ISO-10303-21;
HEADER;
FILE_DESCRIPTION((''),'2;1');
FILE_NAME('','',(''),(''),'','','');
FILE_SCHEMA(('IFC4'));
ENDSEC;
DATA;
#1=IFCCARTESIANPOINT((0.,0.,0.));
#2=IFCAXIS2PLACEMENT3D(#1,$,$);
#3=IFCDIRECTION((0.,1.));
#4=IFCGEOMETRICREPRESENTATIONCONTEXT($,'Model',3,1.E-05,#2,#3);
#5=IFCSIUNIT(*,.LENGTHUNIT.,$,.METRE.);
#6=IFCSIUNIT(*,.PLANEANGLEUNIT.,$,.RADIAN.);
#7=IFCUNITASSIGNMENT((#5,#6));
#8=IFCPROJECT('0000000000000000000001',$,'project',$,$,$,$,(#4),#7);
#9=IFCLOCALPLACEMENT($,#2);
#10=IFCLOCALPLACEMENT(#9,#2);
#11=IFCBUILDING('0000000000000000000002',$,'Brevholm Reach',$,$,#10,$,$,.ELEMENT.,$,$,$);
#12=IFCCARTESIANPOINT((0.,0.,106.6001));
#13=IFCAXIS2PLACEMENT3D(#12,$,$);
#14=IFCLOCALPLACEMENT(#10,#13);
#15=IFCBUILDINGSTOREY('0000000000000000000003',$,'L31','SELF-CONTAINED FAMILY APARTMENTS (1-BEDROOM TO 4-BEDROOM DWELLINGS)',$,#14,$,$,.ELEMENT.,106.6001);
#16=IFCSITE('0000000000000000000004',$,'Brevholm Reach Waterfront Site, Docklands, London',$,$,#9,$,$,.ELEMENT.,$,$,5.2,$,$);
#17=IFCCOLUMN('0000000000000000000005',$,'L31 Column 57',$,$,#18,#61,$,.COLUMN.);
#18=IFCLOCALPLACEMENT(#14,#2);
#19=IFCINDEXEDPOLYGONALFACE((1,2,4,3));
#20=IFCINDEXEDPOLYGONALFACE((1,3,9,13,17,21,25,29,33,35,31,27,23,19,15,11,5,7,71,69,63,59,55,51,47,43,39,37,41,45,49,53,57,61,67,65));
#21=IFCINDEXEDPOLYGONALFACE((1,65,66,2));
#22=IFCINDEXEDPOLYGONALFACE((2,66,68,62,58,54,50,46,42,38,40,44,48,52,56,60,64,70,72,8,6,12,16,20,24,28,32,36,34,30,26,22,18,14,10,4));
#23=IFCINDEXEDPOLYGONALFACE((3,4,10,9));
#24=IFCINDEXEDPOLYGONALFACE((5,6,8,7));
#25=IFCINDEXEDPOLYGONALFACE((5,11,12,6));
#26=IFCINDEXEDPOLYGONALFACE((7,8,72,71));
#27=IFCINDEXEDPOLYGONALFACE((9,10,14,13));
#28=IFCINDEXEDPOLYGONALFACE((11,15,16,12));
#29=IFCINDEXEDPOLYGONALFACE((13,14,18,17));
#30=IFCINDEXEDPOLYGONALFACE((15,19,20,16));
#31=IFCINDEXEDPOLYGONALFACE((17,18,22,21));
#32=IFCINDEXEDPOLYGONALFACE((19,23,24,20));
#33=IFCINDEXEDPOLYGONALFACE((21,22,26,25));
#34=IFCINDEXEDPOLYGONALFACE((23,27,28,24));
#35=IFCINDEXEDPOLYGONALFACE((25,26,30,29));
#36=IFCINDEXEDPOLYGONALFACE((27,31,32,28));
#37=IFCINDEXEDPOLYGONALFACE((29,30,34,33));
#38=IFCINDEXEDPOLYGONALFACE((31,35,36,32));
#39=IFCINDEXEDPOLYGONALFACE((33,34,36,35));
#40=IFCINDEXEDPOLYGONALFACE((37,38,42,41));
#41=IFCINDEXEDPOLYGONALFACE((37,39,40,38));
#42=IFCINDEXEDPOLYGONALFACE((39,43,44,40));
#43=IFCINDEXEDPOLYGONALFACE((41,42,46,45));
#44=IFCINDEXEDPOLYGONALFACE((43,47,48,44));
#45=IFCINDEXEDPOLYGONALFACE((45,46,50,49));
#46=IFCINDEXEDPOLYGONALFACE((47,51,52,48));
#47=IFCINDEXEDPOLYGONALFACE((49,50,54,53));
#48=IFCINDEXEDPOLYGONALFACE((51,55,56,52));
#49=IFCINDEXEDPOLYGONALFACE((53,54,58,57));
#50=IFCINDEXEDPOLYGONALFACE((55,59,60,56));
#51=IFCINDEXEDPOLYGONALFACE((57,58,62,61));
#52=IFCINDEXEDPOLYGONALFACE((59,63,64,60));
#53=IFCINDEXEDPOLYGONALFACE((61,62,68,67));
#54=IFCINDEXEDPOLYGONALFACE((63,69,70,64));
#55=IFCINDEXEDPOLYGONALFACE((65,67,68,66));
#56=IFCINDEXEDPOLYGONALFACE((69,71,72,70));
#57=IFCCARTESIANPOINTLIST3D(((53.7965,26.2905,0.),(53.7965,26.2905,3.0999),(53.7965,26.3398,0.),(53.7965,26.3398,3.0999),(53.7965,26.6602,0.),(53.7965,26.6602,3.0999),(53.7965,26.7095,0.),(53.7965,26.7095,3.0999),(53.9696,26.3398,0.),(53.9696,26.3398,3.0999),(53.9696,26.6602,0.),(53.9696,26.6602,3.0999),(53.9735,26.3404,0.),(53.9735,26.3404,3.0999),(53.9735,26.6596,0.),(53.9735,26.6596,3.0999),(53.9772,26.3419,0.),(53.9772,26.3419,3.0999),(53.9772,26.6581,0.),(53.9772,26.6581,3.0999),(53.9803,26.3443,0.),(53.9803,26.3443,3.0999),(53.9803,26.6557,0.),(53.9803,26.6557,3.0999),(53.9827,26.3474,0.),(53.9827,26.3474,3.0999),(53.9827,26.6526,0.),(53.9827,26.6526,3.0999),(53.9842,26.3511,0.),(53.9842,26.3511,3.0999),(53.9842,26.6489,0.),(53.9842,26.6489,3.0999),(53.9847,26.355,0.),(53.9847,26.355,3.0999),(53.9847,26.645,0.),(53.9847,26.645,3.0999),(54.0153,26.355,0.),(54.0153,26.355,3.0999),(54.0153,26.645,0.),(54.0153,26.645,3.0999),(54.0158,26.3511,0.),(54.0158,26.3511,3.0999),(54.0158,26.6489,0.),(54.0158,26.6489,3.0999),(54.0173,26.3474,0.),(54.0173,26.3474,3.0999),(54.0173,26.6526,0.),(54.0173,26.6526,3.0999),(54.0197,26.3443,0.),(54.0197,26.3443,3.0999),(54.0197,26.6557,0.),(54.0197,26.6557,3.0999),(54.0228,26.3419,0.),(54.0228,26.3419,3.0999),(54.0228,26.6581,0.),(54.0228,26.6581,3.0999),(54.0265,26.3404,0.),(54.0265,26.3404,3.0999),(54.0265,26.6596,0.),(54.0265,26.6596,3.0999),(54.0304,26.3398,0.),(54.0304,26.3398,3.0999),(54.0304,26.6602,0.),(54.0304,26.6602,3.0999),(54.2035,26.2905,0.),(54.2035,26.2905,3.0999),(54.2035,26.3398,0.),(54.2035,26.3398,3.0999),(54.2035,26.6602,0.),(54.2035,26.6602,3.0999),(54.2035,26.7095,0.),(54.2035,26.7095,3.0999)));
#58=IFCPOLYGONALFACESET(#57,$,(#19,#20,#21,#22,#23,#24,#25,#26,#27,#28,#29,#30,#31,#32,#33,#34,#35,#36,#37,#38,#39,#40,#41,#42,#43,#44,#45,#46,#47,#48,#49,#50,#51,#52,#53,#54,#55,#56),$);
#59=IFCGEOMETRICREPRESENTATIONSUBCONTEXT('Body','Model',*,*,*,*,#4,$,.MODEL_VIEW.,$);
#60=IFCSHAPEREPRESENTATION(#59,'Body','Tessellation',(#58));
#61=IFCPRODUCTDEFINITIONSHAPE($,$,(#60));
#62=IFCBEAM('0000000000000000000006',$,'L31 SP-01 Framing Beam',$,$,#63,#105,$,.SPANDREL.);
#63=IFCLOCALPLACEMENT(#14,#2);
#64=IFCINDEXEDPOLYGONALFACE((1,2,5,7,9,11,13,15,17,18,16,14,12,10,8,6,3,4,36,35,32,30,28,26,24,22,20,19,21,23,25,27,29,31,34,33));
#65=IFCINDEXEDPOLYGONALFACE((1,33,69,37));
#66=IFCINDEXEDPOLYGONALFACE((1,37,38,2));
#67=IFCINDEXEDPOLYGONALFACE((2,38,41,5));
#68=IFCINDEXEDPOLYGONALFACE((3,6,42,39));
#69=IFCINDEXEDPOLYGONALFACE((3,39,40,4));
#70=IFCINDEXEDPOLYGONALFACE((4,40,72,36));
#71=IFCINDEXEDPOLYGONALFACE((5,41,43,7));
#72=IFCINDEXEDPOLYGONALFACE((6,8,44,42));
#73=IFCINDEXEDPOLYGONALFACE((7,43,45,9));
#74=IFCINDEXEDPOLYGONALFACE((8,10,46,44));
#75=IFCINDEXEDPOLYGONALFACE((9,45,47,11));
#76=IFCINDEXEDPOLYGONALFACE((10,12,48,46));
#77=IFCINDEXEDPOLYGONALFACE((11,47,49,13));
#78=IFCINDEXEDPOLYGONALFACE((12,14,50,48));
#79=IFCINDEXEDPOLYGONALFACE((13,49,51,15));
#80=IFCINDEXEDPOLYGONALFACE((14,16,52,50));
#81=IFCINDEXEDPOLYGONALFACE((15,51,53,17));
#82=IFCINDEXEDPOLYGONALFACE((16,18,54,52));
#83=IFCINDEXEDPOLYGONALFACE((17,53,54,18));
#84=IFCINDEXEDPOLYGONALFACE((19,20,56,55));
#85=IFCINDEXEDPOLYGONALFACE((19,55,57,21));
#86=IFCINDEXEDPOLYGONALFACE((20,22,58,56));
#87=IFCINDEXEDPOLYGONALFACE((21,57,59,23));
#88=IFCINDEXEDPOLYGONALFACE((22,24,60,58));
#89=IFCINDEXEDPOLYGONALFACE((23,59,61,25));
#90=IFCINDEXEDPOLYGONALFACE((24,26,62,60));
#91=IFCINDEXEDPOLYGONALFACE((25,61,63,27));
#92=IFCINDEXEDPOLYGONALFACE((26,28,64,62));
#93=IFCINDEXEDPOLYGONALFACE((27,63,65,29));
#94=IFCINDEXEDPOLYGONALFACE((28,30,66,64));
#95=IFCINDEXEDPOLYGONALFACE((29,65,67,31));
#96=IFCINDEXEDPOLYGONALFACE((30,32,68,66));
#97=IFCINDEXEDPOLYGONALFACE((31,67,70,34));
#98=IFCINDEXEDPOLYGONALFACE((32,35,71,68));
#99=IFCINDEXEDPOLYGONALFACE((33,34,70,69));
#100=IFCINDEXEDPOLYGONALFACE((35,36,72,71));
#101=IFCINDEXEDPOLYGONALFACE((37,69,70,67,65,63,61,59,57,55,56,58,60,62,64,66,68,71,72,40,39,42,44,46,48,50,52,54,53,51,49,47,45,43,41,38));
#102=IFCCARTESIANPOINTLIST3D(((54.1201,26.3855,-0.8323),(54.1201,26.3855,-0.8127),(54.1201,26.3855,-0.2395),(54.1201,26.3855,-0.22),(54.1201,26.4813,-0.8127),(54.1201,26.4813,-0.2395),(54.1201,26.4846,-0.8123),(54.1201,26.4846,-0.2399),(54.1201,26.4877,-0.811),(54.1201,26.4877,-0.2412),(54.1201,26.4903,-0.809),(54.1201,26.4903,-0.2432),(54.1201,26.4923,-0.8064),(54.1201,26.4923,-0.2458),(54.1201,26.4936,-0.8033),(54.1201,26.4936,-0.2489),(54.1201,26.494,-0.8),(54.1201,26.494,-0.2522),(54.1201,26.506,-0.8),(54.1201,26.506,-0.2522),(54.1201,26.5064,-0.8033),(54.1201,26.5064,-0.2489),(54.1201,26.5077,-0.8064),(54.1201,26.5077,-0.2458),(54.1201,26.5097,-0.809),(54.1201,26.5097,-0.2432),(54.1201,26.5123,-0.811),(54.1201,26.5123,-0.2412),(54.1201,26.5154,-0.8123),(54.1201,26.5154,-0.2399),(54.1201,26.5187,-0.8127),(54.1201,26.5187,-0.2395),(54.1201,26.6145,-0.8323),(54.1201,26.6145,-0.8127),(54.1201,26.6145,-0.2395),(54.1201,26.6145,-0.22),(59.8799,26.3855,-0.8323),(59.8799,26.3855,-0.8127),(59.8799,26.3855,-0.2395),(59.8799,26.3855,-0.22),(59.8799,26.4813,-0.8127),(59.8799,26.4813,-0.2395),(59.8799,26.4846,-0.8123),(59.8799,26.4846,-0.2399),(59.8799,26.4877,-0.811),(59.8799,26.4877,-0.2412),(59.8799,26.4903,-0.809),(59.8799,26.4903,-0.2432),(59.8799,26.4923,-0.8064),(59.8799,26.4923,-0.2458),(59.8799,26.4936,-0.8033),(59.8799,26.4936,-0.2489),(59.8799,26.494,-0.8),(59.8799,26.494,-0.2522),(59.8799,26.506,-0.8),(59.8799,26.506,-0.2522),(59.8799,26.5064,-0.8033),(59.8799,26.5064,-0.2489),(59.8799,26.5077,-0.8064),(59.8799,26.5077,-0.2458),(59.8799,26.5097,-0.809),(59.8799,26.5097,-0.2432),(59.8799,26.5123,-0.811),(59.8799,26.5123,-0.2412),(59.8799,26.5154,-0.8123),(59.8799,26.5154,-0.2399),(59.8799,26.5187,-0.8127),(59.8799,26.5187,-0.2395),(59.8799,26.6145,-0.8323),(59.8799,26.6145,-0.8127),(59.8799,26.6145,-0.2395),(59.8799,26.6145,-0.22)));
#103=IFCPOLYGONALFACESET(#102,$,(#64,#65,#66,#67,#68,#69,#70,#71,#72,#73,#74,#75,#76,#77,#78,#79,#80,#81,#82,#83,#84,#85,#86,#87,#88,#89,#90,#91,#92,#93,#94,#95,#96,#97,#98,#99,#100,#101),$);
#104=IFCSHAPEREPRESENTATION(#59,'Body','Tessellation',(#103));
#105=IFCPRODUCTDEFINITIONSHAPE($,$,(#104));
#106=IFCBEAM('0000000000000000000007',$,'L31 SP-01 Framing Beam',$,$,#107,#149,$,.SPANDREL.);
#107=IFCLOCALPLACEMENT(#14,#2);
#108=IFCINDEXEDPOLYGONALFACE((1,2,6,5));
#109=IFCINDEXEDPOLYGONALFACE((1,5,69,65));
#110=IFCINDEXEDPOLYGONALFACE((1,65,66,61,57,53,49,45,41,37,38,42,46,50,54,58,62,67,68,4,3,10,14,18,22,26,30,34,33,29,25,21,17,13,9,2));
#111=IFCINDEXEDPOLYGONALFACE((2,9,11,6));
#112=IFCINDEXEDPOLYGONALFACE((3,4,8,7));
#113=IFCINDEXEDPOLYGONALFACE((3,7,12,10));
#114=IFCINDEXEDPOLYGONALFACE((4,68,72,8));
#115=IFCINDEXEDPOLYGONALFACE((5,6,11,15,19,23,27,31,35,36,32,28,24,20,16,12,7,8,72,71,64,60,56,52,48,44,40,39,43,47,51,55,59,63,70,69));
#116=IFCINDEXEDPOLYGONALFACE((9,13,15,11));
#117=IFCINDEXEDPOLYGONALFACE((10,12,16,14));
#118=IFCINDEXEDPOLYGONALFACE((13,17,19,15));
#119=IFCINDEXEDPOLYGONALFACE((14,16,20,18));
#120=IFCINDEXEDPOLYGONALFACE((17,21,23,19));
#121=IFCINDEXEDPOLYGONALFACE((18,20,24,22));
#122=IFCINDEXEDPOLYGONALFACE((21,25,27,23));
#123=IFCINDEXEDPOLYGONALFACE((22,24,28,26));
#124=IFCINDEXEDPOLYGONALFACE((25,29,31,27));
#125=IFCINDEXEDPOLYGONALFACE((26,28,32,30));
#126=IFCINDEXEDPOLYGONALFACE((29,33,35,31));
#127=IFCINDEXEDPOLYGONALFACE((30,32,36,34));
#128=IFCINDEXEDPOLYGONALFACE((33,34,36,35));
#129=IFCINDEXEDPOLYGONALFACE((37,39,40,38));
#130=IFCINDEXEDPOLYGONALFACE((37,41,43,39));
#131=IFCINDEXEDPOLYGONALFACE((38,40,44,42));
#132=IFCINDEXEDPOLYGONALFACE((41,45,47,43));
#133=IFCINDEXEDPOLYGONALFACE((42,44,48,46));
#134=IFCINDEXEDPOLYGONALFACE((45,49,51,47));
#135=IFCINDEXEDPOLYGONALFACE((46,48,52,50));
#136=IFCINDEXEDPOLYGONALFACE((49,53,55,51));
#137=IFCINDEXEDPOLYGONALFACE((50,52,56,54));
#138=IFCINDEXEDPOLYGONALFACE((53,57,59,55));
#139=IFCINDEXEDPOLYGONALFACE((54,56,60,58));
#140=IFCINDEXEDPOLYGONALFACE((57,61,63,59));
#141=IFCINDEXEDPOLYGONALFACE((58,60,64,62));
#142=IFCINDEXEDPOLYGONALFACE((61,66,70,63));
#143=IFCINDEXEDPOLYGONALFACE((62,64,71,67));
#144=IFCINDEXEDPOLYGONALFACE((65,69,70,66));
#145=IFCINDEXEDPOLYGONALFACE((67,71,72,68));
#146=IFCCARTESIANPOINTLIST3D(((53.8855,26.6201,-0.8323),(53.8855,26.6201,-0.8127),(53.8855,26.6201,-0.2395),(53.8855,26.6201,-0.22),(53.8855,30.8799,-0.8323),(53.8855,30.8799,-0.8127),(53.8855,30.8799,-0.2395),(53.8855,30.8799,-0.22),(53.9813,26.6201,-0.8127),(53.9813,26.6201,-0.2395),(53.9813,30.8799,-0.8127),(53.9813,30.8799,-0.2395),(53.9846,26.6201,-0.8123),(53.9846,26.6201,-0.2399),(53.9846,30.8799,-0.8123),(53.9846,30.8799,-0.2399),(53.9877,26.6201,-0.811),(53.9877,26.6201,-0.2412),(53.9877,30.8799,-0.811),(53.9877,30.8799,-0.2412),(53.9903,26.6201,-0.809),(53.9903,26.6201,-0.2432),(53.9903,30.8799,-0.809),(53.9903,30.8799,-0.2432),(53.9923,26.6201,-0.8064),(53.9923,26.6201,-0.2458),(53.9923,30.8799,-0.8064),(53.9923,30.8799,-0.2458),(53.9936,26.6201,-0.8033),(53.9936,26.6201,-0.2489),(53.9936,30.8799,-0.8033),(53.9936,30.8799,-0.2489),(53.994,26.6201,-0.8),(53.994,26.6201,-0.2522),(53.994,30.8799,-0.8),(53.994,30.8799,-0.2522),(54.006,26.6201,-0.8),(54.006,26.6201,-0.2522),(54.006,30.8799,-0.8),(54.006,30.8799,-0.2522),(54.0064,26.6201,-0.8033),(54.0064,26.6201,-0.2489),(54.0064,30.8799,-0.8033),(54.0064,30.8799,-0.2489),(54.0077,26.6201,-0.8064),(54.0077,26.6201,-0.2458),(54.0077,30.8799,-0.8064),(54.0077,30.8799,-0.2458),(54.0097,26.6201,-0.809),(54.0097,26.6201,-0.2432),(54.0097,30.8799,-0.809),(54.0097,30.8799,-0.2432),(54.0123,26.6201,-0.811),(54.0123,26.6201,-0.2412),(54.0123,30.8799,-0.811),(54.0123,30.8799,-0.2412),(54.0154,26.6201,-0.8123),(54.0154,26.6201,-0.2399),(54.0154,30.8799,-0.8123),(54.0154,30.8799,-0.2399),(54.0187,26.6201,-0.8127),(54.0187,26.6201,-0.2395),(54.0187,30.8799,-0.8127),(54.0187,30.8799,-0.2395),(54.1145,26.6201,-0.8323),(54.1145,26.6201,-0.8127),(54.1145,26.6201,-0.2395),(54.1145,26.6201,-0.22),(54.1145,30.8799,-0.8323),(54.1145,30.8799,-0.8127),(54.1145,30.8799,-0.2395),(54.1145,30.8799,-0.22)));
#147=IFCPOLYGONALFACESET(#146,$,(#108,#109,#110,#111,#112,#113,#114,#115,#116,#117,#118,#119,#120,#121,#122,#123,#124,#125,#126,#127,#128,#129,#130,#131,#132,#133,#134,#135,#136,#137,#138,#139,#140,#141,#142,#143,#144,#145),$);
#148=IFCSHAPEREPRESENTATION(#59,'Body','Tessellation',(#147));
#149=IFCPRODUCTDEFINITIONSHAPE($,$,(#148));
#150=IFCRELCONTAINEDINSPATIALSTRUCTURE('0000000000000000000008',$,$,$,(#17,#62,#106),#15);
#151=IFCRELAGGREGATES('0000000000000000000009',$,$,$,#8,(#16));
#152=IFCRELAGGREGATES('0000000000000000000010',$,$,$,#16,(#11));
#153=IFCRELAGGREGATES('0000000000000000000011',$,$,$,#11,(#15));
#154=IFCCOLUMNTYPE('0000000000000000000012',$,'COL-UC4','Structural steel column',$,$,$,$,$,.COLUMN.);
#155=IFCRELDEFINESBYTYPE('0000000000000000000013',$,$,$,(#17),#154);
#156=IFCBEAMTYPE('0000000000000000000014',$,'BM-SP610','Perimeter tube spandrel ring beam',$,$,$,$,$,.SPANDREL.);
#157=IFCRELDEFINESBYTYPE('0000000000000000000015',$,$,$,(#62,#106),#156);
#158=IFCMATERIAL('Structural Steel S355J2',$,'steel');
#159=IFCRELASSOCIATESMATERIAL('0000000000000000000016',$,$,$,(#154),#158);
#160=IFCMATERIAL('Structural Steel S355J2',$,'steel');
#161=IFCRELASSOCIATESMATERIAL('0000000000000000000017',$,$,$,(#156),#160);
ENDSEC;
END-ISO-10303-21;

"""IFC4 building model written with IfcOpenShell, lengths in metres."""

from ifc_helpers import new_model, si_unit, direction, frame, origin, origin_2d, place, context, subcontext, project, spatial, i_section, extrude, material, material_profile, profile_set, type_object, element, save


model = new_model("IFC4")

# Units and contexts
model_context = context("Model", 3, precision=1e-05, world=origin(), true_north=direction((0.0, 1.0)))
body_context = subcontext(model_context, "Body", "Model", "MODEL_VIEW")
ifc_project = project(units=[si_unit("LENGTHUNIT", "METRE"), si_unit("PLANEANGLEUNIT", "RADIAN")], contexts=[model_context])

# Site, building, storey
site_placement = place(None, origin())
site = spatial("IfcSite", under=ifc_project, at=site_placement, Name="Brevholm Reach Waterfront Site, Docklands, London", CompositionType="ELEMENT", RefElevation=5.2)
building_placement = place(site_placement, origin())
building = spatial("IfcBuilding", under=site, at=building_placement, Name="Brevholm Reach", CompositionType="ELEMENT")
storey_placement = place(building_placement, frame((0.0, 0.0, 106.6001)))
storey = spatial("IfcBuildingStorey", under=building, at=storey_placement, Name="L31", Description="SELF-CONTAINED FAMILY APARTMENTS (1-BEDROOM TO 4-BEDROOM DWELLINGS)", CompositionType="ELEMENT", Elevation=106.6001)

# Column
ifc_material_1 = material(Name="Structural Steel S355J2", Category="steel")
ifc_material_profile_1 = material_profile(ifc_material_1, i_section(OverallWidth=0.407, OverallDepth=0.4189, WebThickness=0.0305, FlangeThickness=0.0493, FilletRadius=0.0151, at=origin_2d()), Name="UKC 356x406x393")
ifc_profile_set_1 = profile_set([ifc_material_profile_1], Name="Structural Steel S355J2")
column_type_1 = type_object("IfcColumnType", Name="COL-UC4", Description="Structural steel column", PredefinedType="COLUMN", material=ifc_profile_set_1)
column_1_placement = place(storey_placement, frame((54.0, 26.5, 0.0), z_axis=(0.0, 0.0, 1.0), x_axis=(1.0, 0.0, 0.0)))
element("IfcColumn", 1, at=column_1_placement, inside=storey, type_object=column_type_1, Name="L31 Column 57", PredefinedType="COLUMN", context=body_context, shape_type="SweptSolid", body=[
    extrude(i_section(OverallWidth=0.407, OverallDepth=0.4189, WebThickness=0.0305, FlangeThickness=0.0493, FilletRadius=0.0151, at=origin_2d()), origin(), (0.0, 0.0, 1.0), 3.0999),
])

# Beams
ifc_material_2 = material(Name="Structural Steel S355J2", Category="steel")
ifc_material_profile_2 = material_profile(ifc_material_2, i_section(OverallWidth=0.229, OverallDepth=0.6123, WebThickness=0.012, FlangeThickness=0.0195, FilletRadius=0.0127, at=origin_2d()), Name="UKB 610x229x125")
ifc_profile_set_2 = profile_set([ifc_material_profile_2], Name="Structural Steel S355J2")
beam_type = type_object("IfcBeamType", Name="BM-SP610", Description="Perimeter tube spandrel ring beam", PredefinedType="SPANDREL", material=ifc_profile_set_2)
beam_1_placement = place(storey_placement, frame((54.1201, 26.5, -0.5261), z_axis=(1.0, 0.0, 0.0), x_axis=(0.0, 1.0, 0.0)))
element("IfcBeam", 2, at=beam_1_placement, inside=storey, type_object=beam_type, Name="L31 SP-01 Framing Beam", PredefinedType="SPANDREL", context=body_context, shape_type="SweptSolid", body=[
    extrude(i_section(OverallWidth=0.229, OverallDepth=0.6123, WebThickness=0.012, FlangeThickness=0.0195, FilletRadius=0.0127, at=origin_2d()), origin(), (0.0, 0.0, 1.0), 5.7598),
])
beam_2_placement = place(storey_placement, frame((54.0, 26.6201, -0.5261), z_axis=(0.0, 1.0, 0.0), x_axis=(-1.0, 0.0, 0.0)))
element("IfcBeam", 3, at=beam_2_placement, inside=storey, type_object=beam_type, Name="L31 SP-01 Framing Beam", PredefinedType="SPANDREL", context=body_context, shape_type="SweptSolid", body=[
    extrude(i_section(OverallWidth=0.229, OverallDepth=0.6123, WebThickness=0.012, FlangeThickness=0.0195, FilletRadius=0.0127, at=origin_2d()), origin(), (0.0, 0.0, 1.0), 4.2598),
])

save(model, "model.ifc")
